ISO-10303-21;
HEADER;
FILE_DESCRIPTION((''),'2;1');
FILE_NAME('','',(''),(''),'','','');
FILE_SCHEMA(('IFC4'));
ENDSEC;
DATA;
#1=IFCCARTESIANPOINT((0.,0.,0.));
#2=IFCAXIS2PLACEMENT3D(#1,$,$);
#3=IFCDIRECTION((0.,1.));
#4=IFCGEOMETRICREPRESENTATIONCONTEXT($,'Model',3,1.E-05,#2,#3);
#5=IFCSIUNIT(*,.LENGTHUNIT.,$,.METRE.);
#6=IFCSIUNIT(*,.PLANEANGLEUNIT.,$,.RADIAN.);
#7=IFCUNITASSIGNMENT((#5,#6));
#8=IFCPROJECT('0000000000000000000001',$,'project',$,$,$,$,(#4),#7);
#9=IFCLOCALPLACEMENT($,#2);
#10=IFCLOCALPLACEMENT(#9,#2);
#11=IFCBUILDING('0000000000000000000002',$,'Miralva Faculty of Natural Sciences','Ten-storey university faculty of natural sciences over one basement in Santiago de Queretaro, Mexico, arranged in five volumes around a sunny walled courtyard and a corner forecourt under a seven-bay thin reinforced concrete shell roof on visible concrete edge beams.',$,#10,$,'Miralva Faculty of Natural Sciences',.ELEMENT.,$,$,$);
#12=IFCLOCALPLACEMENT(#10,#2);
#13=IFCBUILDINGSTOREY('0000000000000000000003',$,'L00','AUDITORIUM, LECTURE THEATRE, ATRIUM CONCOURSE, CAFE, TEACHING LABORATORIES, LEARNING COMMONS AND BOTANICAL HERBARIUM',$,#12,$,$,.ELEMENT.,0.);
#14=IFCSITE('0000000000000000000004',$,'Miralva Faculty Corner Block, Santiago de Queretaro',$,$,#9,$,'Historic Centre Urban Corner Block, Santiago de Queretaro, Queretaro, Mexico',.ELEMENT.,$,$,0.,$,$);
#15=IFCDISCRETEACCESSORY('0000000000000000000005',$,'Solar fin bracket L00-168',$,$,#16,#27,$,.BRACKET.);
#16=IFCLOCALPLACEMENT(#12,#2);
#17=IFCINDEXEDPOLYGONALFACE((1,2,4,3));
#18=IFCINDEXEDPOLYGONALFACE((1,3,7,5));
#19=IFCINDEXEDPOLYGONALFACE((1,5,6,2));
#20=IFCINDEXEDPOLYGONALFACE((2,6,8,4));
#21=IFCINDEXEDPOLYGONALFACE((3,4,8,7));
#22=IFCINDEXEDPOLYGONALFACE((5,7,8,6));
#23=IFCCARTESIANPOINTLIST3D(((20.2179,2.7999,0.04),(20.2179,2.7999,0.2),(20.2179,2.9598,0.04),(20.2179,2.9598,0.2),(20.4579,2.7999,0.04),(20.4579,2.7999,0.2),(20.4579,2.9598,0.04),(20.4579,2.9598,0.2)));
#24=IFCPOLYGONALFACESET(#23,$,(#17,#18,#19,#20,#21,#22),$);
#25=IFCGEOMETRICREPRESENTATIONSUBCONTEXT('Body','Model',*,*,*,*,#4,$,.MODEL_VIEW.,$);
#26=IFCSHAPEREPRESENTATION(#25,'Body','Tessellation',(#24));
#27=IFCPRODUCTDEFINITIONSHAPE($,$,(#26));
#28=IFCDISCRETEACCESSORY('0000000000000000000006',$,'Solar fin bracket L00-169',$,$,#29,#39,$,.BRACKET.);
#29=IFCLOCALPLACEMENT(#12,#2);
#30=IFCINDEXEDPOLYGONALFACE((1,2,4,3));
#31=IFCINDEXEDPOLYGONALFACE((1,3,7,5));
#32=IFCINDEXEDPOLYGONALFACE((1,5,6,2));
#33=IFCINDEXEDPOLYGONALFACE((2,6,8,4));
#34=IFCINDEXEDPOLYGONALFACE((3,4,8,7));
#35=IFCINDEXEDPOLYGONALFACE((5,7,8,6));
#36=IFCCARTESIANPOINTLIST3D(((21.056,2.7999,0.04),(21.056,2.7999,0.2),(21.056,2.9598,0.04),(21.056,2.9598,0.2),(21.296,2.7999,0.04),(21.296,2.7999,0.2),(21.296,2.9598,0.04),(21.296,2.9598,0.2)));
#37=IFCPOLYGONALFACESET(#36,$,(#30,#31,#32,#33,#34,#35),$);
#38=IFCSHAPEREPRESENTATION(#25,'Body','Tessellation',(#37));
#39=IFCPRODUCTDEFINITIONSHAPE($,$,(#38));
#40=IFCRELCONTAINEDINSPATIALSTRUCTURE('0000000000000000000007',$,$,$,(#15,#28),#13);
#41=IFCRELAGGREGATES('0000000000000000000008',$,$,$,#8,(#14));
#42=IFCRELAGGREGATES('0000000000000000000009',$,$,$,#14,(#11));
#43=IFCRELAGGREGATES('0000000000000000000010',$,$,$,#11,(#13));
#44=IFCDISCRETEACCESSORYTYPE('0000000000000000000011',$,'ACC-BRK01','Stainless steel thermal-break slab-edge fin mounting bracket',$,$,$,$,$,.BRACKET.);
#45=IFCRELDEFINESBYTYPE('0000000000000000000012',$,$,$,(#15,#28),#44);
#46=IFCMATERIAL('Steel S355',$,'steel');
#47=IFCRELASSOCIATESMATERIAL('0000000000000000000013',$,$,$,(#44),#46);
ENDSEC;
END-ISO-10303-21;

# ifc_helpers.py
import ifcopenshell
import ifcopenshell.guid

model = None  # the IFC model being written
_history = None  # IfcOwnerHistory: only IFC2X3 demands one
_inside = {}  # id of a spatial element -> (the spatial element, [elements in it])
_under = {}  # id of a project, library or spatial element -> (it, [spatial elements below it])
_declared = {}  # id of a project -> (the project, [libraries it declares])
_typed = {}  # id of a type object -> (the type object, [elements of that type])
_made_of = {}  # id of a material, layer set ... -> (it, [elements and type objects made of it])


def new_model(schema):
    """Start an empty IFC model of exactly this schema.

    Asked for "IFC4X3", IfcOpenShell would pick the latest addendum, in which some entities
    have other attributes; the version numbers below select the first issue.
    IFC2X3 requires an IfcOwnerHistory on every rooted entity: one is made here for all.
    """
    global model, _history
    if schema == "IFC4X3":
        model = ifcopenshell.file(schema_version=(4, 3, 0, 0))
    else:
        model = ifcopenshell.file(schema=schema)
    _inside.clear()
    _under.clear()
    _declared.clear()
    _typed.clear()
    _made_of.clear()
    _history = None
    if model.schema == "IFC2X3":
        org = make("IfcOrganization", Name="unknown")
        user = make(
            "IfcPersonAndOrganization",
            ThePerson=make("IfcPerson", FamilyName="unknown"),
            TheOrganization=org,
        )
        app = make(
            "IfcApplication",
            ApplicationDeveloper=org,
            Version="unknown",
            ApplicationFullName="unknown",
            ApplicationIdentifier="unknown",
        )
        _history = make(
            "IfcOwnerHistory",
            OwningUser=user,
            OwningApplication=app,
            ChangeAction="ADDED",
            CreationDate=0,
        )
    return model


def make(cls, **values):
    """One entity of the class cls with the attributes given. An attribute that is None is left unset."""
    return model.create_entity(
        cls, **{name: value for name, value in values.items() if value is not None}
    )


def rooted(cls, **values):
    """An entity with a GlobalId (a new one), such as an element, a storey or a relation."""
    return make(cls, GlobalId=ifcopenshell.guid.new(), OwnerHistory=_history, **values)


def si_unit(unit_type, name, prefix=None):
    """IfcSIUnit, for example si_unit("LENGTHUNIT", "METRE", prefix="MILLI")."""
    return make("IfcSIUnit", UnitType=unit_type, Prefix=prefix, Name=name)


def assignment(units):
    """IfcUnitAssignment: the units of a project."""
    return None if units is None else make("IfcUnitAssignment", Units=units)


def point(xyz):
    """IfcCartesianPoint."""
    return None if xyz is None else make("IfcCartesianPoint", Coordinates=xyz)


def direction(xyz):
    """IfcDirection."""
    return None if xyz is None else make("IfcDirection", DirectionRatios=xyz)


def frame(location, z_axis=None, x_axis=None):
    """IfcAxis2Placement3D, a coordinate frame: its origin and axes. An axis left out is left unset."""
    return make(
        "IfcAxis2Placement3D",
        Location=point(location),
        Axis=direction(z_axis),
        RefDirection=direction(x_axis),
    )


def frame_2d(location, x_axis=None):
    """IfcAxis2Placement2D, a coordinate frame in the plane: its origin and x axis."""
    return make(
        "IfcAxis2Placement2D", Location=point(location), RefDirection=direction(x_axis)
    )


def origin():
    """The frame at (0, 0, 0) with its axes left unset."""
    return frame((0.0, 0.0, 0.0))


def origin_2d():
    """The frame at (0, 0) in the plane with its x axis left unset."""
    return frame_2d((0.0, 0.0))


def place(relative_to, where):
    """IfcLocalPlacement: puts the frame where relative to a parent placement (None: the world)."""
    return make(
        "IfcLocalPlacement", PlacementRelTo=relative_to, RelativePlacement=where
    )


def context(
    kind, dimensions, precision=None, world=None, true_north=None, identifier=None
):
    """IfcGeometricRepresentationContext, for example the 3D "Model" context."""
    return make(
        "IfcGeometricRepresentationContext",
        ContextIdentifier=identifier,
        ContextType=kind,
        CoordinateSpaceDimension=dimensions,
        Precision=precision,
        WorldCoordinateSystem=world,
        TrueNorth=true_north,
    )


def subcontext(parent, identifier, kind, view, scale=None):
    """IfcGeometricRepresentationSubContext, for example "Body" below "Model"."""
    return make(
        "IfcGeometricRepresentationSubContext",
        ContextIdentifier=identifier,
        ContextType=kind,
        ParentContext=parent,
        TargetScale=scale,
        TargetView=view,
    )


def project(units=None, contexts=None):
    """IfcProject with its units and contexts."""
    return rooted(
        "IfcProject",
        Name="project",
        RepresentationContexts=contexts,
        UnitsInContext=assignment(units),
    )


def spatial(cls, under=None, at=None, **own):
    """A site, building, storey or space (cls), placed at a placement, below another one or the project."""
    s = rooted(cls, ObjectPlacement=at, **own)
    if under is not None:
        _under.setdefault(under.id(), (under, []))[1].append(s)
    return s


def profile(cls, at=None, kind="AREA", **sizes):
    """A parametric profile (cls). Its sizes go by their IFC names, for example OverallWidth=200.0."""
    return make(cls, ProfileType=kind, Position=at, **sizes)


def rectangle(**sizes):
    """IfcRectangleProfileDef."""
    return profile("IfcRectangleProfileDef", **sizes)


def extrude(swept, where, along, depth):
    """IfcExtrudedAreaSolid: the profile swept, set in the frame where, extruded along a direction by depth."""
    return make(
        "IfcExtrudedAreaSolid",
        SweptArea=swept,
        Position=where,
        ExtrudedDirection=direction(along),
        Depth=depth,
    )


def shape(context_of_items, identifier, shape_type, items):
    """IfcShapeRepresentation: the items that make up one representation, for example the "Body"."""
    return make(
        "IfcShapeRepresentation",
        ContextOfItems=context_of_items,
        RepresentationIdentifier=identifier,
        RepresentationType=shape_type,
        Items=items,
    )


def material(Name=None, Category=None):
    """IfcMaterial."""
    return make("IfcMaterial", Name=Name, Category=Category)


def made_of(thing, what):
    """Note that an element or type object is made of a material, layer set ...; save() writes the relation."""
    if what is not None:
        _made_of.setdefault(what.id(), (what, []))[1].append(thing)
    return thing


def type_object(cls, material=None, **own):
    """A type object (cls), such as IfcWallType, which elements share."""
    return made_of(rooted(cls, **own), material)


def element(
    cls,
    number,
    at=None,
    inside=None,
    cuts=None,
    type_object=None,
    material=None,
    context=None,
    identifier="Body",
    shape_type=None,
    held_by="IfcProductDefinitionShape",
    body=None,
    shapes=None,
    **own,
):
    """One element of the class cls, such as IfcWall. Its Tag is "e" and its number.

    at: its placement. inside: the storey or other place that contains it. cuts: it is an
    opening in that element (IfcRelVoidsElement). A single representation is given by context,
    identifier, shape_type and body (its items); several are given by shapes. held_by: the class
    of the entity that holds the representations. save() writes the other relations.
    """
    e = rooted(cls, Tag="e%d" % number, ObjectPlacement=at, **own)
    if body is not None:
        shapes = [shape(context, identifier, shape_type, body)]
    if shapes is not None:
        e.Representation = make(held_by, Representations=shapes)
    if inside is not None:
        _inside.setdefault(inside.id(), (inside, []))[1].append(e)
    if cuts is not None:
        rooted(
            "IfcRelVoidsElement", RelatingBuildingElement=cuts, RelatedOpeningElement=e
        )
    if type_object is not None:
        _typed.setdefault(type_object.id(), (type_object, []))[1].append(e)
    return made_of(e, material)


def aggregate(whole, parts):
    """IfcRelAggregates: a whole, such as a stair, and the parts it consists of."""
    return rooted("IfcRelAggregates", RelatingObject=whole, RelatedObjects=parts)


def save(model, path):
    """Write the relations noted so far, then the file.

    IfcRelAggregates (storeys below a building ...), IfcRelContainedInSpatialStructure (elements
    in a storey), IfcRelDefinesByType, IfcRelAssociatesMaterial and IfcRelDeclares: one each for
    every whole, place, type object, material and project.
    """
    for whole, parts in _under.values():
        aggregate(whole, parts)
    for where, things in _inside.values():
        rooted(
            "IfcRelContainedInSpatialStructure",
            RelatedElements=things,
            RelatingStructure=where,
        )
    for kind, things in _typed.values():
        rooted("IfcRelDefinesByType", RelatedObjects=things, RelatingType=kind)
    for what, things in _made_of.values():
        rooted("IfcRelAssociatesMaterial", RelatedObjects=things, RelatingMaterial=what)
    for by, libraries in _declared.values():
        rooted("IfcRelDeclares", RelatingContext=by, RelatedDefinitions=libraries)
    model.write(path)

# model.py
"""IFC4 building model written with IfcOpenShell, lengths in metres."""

from ifc_helpers import new_model, si_unit, direction, frame, origin, origin_2d, place, context, subcontext, project, spatial, rectangle, extrude, material, type_object, element, save


model = new_model("IFC4")

# Units and contexts
model_context = context("Model", 3, precision=1e-05, world=origin(), true_north=direction((0.0, 1.0)))
body_context = subcontext(model_context, "Body", "Model", "MODEL_VIEW")
ifc_project = project(units=[si_unit("LENGTHUNIT", "METRE"), si_unit("PLANEANGLEUNIT", "RADIAN")], contexts=[model_context])

# Site, building, storey
site_placement = place(None, origin())
site = spatial("IfcSite", under=ifc_project, at=site_placement, Name="Miralva Faculty Corner Block, Santiago de Queretaro", LongName="Historic Centre Urban Corner Block, Santiago de Queretaro, Queretaro, Mexico", CompositionType="ELEMENT", RefElevation=0.0)
building_placement = place(site_placement, origin())
building = spatial("IfcBuilding", under=site, at=building_placement, Name="Miralva Faculty of Natural Sciences", Description="Ten-storey university faculty of natural sciences over one basement in Santiago de Queretaro, Mexico, arranged in five volumes around a sunny walled courtyard and a corner forecourt under a seven-bay thin reinforced concrete shell roof on visible concrete edge beams.", LongName="Miralva Faculty of Natural Sciences", CompositionType="ELEMENT")
storey_placement = place(building_placement, origin())
storey = spatial("IfcBuildingStorey", under=building, at=storey_placement, Name="L00", Description="AUDITORIUM, LECTURE THEATRE, ATRIUM CONCOURSE, CAFE, TEACHING LABORATORIES, LEARNING COMMONS AND BOTANICAL HERBARIUM", CompositionType="ELEMENT", Elevation=0.0)

# Discrete accessories
ifc_material_1 = material(Name="Steel S355", Category="steel")
discrete_accessory_type = type_object("IfcDiscreteAccessoryType", Name="ACC-BRK01", Description="Stainless steel thermal-break slab-edge fin mounting bracket", PredefinedType="BRACKET", material=ifc_material_1)
for number, where, z_axis, x_axis, name in (
    (1, (20.3379, 2.8799, 0.04), (0.0, 0.0, 1.0), (0.0, -1.0, 0.0), "Solar fin bracket L00-168"),
    (2, (21.176, 2.8799, 0.04), (0.0, 0.0, 1.0), (0.0, -1.0, 0.0), "Solar fin bracket L00-169"),
):
    element("IfcDiscreteAccessory", number, at=place(storey_placement, frame(where, z_axis=z_axis, x_axis=x_axis)), inside=storey, type_object=discrete_accessory_type, Name=name, PredefinedType="BRACKET", context=body_context, shape_type="SweptSolid", body=[
        extrude(rectangle(XDim=0.1599, YDim=0.24, at=origin_2d()), origin(), (0.0, 0.0, 1.0), 0.1599),
    ])

save(model, "model.ifc")
